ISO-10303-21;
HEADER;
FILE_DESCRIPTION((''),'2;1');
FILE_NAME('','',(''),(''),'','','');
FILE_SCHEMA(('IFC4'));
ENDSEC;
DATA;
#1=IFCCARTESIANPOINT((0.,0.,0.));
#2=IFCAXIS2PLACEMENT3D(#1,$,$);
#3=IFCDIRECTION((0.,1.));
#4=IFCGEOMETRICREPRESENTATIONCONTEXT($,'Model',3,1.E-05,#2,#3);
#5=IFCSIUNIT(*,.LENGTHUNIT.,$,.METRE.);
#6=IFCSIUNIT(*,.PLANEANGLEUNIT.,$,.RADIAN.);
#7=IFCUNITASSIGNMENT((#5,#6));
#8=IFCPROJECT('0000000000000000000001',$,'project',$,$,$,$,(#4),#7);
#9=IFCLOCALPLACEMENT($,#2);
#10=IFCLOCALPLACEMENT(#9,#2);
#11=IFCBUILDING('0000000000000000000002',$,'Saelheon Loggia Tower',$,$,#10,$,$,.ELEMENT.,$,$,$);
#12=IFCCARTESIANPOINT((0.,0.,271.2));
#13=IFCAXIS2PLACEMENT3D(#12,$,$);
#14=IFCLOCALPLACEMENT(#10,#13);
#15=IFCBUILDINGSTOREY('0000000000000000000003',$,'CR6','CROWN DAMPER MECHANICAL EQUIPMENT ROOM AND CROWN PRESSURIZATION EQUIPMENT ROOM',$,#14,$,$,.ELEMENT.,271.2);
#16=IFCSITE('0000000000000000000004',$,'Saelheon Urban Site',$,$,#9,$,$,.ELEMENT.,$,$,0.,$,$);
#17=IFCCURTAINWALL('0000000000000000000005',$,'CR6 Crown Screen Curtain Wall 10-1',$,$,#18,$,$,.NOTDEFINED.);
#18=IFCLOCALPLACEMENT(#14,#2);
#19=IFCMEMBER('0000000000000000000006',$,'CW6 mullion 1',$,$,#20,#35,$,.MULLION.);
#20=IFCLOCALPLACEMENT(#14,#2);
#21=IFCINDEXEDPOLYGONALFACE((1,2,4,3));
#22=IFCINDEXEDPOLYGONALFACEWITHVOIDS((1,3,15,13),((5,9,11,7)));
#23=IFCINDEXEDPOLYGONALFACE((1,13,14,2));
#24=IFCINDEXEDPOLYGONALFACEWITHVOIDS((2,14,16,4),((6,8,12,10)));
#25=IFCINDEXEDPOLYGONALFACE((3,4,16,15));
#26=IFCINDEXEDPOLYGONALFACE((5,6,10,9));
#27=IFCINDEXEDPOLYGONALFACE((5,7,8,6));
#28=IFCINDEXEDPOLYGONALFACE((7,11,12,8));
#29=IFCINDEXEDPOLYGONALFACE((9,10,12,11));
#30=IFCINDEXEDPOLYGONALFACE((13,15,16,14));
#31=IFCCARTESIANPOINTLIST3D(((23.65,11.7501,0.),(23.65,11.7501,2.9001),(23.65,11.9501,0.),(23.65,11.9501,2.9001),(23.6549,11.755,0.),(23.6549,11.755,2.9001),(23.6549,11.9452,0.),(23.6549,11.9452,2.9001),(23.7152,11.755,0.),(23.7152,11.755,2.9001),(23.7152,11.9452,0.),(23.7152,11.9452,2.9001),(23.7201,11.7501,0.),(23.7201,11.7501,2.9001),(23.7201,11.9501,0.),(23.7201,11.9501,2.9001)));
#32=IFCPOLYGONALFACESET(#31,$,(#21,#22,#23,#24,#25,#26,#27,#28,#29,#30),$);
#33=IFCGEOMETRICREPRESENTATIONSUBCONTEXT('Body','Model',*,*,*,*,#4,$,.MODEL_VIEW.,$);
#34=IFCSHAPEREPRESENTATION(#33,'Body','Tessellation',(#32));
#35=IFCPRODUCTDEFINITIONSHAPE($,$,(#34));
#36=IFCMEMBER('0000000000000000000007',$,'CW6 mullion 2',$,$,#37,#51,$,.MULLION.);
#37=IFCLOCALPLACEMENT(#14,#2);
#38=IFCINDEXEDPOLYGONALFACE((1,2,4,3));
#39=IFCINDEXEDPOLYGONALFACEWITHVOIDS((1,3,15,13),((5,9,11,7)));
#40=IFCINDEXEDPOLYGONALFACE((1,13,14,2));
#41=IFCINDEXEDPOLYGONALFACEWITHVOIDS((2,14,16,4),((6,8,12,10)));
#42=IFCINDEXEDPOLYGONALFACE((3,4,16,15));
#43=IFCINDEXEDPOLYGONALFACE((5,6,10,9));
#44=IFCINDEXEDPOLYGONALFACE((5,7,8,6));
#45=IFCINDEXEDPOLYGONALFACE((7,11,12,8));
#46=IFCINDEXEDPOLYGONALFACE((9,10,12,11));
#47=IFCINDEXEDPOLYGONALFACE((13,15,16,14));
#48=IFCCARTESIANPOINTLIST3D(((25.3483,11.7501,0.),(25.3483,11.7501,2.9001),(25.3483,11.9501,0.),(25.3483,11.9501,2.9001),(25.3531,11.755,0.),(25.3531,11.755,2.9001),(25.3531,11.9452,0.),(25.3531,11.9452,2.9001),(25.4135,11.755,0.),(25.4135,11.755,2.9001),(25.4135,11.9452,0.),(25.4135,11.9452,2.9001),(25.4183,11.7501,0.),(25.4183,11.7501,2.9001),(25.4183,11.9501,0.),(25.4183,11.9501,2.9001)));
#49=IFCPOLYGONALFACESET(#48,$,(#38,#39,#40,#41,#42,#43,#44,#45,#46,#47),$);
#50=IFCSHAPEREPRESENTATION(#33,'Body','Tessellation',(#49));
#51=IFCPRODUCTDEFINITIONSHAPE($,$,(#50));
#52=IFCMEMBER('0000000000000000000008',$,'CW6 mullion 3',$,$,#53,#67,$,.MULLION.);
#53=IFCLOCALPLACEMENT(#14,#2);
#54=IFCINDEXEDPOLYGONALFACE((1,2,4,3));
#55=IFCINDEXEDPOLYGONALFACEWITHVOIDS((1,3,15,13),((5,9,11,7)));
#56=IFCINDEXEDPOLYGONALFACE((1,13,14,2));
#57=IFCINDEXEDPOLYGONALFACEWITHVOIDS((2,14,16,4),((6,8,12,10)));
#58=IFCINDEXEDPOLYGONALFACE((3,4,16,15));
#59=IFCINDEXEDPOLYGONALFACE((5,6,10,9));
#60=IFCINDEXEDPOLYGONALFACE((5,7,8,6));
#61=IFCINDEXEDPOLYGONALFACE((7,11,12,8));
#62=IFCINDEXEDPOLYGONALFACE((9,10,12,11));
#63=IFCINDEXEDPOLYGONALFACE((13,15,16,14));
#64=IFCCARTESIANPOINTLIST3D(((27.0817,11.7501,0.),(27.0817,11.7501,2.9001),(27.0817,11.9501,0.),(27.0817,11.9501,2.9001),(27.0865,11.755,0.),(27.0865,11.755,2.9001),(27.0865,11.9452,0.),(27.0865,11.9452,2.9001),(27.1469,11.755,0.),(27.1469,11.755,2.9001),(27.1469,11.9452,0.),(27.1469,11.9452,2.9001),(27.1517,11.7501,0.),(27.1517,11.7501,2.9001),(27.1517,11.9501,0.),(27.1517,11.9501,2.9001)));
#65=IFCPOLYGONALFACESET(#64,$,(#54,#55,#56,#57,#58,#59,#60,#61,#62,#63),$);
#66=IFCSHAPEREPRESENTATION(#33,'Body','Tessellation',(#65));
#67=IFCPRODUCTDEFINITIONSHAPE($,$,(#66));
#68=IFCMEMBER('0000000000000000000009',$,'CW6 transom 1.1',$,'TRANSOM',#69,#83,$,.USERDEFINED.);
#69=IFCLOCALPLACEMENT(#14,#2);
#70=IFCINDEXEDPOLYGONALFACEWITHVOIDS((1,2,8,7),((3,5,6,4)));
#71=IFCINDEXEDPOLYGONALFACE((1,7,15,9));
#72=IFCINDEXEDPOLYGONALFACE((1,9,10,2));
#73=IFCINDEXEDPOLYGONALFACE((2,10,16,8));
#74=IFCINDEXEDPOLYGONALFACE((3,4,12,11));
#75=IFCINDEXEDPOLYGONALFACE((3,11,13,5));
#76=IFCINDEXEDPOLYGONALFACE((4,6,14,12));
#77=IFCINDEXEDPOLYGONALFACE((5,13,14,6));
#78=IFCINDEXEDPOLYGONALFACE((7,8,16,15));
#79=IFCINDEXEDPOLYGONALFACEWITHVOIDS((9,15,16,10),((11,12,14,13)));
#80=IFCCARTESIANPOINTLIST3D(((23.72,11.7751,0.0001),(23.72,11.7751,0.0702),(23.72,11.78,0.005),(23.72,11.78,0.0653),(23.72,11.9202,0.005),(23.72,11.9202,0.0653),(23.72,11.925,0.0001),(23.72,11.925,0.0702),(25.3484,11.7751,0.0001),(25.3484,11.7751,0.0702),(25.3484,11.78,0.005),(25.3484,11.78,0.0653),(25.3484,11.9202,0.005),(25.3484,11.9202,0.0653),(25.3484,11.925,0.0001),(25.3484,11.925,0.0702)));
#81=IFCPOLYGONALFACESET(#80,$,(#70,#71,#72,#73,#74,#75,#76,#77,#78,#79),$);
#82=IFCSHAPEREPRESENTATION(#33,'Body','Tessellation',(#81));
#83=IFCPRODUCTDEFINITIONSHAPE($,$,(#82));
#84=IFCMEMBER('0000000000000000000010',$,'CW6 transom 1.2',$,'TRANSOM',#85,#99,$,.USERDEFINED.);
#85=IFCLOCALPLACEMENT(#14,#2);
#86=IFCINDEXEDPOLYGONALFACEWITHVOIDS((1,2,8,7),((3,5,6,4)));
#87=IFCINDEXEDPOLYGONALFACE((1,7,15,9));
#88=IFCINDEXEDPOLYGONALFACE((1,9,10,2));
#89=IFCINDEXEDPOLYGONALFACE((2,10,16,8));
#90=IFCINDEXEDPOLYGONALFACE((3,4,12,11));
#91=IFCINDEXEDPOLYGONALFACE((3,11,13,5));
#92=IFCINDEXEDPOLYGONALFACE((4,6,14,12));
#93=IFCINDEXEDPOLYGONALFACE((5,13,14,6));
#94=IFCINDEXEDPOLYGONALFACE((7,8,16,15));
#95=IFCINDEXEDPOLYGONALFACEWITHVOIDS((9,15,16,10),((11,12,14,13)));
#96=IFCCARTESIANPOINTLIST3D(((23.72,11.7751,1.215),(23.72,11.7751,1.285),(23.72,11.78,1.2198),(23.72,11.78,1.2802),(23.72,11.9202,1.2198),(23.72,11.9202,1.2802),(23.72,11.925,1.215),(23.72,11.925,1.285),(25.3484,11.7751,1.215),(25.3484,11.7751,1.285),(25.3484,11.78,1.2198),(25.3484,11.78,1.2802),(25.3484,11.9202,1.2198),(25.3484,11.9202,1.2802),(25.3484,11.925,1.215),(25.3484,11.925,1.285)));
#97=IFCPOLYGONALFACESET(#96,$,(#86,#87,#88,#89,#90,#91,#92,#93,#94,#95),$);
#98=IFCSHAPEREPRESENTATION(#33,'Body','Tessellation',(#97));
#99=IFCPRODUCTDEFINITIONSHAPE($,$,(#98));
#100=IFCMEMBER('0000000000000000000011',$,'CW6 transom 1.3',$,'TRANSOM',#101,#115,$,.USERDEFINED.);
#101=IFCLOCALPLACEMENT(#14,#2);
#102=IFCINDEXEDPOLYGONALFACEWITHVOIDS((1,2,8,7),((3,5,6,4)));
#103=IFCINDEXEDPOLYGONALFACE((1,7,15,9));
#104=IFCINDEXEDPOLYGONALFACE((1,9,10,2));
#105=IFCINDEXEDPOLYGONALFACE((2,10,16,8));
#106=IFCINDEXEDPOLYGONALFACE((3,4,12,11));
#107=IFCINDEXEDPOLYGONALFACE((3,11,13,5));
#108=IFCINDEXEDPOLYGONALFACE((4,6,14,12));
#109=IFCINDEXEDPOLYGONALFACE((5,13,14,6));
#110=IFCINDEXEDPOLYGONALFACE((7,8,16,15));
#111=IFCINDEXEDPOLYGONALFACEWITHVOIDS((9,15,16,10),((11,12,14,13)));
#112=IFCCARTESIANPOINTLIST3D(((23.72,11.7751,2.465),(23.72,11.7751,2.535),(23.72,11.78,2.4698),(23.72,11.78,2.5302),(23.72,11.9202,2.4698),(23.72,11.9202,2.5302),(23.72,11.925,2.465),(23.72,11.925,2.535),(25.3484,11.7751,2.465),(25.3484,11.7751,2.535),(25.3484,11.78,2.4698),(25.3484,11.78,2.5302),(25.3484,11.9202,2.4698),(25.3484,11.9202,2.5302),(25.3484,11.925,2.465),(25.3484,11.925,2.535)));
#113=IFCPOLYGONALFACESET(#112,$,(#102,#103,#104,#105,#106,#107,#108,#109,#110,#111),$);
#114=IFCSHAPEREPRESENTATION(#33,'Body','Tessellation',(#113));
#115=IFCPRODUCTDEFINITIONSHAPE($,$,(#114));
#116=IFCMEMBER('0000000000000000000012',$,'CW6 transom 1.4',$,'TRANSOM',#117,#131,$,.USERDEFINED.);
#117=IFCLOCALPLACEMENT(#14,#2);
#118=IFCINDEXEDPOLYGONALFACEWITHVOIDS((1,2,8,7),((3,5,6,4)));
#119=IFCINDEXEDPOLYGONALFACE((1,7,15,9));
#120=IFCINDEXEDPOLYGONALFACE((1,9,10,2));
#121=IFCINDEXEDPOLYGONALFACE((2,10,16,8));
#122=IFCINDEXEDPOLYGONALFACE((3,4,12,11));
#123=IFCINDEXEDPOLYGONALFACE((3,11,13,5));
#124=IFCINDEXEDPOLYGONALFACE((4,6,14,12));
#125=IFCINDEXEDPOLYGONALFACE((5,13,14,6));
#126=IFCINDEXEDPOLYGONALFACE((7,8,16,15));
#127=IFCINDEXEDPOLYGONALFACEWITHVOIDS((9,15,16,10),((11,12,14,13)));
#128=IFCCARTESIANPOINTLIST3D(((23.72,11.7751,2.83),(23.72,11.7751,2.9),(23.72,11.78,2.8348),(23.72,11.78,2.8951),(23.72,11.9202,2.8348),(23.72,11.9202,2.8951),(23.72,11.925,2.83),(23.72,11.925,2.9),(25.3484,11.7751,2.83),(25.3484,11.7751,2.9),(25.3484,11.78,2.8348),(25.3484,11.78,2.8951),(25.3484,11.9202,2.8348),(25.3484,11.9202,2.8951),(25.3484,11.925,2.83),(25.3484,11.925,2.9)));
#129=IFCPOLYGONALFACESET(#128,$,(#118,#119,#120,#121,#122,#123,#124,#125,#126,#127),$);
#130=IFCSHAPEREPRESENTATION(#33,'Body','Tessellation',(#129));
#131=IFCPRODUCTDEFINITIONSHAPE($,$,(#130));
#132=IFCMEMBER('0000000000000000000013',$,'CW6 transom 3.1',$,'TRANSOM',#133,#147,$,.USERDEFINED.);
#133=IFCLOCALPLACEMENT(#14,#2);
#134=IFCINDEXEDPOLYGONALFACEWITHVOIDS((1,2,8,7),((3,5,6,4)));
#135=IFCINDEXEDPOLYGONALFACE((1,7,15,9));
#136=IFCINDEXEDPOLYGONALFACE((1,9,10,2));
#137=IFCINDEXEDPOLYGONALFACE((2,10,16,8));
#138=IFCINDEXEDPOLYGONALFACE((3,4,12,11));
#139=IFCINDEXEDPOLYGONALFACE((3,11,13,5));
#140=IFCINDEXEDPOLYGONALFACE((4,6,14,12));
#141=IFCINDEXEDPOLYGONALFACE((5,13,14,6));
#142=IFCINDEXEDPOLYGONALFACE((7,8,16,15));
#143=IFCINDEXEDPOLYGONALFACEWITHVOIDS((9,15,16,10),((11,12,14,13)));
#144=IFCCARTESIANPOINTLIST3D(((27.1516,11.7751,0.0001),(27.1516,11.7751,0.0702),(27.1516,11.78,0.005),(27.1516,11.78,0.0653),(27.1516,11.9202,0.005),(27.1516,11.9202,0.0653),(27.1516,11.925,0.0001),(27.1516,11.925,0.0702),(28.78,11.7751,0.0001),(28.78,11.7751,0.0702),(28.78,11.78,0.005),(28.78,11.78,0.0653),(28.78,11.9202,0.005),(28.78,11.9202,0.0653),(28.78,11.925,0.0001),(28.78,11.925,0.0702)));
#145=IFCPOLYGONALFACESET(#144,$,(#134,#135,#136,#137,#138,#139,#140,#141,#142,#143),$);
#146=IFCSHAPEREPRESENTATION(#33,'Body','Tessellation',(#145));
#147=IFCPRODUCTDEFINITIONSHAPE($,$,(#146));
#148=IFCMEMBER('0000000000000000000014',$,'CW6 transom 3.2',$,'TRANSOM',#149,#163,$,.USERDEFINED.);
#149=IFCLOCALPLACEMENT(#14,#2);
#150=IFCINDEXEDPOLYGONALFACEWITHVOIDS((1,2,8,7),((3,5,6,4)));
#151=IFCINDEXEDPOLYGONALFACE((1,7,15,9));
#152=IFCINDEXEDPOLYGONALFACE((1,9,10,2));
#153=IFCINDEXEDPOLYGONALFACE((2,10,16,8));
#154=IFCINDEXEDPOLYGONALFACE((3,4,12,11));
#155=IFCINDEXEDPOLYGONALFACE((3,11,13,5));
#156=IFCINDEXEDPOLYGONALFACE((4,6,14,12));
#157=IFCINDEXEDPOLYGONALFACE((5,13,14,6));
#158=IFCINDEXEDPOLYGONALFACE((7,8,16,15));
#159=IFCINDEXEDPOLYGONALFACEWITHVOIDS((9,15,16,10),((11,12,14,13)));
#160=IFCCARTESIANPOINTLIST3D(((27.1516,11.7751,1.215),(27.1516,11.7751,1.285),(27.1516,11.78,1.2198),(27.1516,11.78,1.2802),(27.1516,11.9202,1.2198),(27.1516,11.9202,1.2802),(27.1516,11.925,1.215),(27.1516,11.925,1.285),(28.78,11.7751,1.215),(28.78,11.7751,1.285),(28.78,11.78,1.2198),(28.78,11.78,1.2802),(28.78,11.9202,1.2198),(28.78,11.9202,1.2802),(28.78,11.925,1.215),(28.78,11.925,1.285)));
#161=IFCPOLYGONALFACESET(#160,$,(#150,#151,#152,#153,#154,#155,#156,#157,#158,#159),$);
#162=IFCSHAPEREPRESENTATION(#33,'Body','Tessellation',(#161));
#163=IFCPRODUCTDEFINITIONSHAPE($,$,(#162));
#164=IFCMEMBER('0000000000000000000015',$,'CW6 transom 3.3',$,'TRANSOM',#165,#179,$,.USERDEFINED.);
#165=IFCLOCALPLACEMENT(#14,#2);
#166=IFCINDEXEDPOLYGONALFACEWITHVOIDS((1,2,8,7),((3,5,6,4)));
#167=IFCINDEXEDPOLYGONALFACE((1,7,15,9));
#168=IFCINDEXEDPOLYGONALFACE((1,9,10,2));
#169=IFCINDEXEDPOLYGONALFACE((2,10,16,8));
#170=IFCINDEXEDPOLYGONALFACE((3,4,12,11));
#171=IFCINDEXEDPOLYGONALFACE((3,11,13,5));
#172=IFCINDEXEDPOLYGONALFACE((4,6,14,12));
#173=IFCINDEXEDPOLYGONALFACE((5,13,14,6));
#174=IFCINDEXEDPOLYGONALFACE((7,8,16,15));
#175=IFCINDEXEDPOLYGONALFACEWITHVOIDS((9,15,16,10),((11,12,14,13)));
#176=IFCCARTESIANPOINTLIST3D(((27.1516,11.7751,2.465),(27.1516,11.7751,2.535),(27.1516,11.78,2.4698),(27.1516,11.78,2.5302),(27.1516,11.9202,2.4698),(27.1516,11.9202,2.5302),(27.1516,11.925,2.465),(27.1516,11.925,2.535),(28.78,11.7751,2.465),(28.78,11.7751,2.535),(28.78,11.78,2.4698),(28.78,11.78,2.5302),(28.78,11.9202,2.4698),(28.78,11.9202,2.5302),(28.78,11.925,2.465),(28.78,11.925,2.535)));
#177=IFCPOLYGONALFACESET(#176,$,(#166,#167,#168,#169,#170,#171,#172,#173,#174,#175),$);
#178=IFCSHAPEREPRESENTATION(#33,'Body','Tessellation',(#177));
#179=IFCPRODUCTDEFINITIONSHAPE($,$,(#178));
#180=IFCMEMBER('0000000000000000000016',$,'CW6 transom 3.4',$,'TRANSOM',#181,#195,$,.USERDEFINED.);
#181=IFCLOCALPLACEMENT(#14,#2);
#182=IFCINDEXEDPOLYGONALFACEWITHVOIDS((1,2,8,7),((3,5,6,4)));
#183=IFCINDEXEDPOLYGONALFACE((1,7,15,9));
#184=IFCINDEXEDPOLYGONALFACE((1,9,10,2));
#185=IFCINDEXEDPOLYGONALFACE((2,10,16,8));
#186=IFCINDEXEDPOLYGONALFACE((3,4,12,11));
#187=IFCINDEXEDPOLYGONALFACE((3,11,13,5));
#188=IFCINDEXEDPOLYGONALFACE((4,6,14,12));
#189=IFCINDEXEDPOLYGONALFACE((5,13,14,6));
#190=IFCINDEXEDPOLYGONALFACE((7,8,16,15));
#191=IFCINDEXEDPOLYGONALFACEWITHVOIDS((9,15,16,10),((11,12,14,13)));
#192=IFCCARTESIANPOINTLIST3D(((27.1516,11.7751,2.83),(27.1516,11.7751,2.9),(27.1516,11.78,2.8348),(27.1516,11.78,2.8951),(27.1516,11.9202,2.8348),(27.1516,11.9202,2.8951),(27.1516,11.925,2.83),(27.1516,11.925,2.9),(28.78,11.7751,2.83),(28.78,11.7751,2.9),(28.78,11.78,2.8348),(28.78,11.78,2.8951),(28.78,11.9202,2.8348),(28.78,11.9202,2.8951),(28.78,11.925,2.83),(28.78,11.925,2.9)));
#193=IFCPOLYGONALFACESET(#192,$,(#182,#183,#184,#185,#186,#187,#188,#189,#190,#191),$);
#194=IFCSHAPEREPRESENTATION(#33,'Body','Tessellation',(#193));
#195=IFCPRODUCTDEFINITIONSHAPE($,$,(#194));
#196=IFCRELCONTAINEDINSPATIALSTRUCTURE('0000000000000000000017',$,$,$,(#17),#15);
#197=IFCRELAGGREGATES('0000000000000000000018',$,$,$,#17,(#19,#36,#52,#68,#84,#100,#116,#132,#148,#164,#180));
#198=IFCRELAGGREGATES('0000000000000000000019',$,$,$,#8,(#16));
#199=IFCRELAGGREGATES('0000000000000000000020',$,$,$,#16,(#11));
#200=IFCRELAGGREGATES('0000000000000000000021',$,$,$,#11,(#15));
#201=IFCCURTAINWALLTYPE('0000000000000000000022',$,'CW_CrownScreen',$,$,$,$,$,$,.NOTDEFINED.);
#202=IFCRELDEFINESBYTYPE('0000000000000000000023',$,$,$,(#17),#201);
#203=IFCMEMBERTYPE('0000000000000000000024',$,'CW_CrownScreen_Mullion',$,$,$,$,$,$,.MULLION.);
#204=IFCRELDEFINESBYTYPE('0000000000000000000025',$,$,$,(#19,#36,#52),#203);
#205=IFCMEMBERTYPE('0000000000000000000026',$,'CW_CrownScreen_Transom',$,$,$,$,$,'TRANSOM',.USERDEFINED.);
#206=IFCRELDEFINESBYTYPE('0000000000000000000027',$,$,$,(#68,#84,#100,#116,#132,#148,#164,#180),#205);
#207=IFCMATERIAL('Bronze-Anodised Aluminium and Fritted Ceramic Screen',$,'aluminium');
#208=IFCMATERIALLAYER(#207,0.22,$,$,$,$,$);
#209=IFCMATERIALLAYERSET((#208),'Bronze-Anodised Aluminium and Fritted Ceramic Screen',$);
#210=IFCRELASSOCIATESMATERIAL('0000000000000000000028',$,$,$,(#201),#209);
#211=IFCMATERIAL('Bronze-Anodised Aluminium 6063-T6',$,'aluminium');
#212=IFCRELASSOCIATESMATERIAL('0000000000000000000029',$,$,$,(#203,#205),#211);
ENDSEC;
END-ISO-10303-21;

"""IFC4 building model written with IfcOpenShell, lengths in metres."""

from ifc_helpers import new_model, si_unit, direction, frame, origin, origin_2d, place, context, subcontext, project, spatial, hollow_rectangle, extrude, source, transform, mapped, material, layer, layer_set, material_profile, profile_set, type_object, element, aggregate, save


model = new_model("IFC4")

# Units and contexts
model_context = context("Model", 3, precision=1e-05, world=origin(), true_north=direction((0.0, 1.0)))
body_context = subcontext(model_context, "Body", "Model", "MODEL_VIEW")
ifc_project = project(units=[si_unit("LENGTHUNIT", "METRE"), si_unit("PLANEANGLEUNIT", "RADIAN")], contexts=[model_context])

# Site, building, storey
site_placement = place(None, origin())
site = spatial("IfcSite", under=ifc_project, at=site_placement, Name="Saelheon Urban Site", CompositionType="ELEMENT", RefElevation=0.0)
building_placement = place(site_placement, origin())
building = spatial("IfcBuilding", under=site, at=building_placement, Name="Saelheon Loggia Tower", CompositionType="ELEMENT")
storey_placement = place(building_placement, frame((0.0, 0.0, 271.2)))
storey = spatial("IfcBuildingStorey", under=building, at=storey_placement, Name="CR6", Description="CROWN DAMPER MECHANICAL EQUIPMENT ROOM AND CROWN PRESSURIZATION EQUIPMENT ROOM", CompositionType="ELEMENT", Elevation=271.2)

# Curtain wall, members
ifc_material_1 = material(Name="Bronze-Anodised Aluminium and Fritted Ceramic Screen", Category="aluminium")
ifc_layer_1 = layer(ifc_material_1, 0.22)
ifc_layer_set_1 = layer_set([ifc_layer_1], Name="Bronze-Anodised Aluminium and Fritted Ceramic Screen")
curtain_wall_type = type_object("IfcCurtainWallType", Name="CW_CrownScreen", PredefinedType="NOTDEFINED", material=ifc_layer_set_1)
curtain_wall_placement = place(storey_placement, origin())
curtain_wall = element("IfcCurtainWall", 1, at=curtain_wall_placement, inside=storey, type_object=curtain_wall_type, Name="CR6 Crown Screen Curtain Wall 10-1", PredefinedType="NOTDEFINED")
ifc_material_2 = material(Name="Bronze-Anodised Aluminium 6063-T6", Category="aluminium")
ifc_material_profile_1 = material_profile(ifc_material_2, hollow_rectangle(XDim=0.0701, YDim=0.2, WallThickness=0.0049, at=origin_2d()), Name="RHS-200x70x5")
ifc_profile_set_1 = profile_set([ifc_material_profile_1], Name="Bronze-Anodised Aluminium 6063-T6")
member_type_1 = type_object("IfcMemberType", Name="CW_CrownScreen_Mullion", PredefinedType="MULLION", material=ifc_profile_set_1)
shared_shape_1 = source(origin(), body_context, "Body", "SweptSolid", [
    extrude(hollow_rectangle(XDim=0.0701, YDim=0.2, WallThickness=0.0049, at=origin_2d()), origin(), (0.0, 0.0, 1.0), 2.9001),
])
member_1_placement = place(storey_placement, frame((23.6851, 11.8501, 0.0), z_axis=(0.0, 0.0, 1.0), x_axis=(1.0, 0.0, 0.0)))
member_1 = element("IfcMember", 2, at=member_1_placement, type_object=member_type_1, Name="CW6 mullion 1", PredefinedType="MULLION", context=body_context, shape_type="MappedRepresentation", body=[
    mapped(shared_shape_1, transform((0.0, 0.0, 0.0), scale=1.0)),
])
member_2_placement = place(storey_placement, frame((25.3833, 11.8501, 0.0), z_axis=(0.0, 0.0, 1.0), x_axis=(1.0, 0.0, 0.0)))
member_2 = element("IfcMember", 3, at=member_2_placement, type_object=member_type_1, Name="CW6 mullion 2", PredefinedType="MULLION", context=body_context, shape_type="MappedRepresentation", body=[
    mapped(shared_shape_1, transform((0.0, 0.0, 0.0), scale=1.0)),
])
member_3_placement = place(storey_placement, frame((27.1167, 11.8501, 0.0), z_axis=(0.0, 0.0, 1.0), x_axis=(1.0, 0.0, 0.0)))
member_3 = element("IfcMember", 4, at=member_3_placement, type_object=member_type_1, Name="CW6 mullion 3", PredefinedType="MULLION", context=body_context, shape_type="MappedRepresentation", body=[
    mapped(shared_shape_1, transform((0.0, 0.0, 0.0), scale=1.0)),
])
ifc_material_profile_2 = material_profile(ifc_material_2, hollow_rectangle(XDim=0.0701, YDim=0.1499, WallThickness=0.0049, at=origin_2d()), Name="RHS-150x70x5")
ifc_profile_set_2 = profile_set([ifc_material_profile_2], Name="Bronze-Anodised Aluminium 6063-T6")
member_type_2 = type_object("IfcMemberType", Name="CW_CrownScreen_Transom", ElementType="TRANSOM", PredefinedType="USERDEFINED", material=ifc_profile_set_2)
shared_shape_2 = source(origin(), body_context, "Body", "SweptSolid", [
    extrude(hollow_rectangle(XDim=0.0701, YDim=0.1499, WallThickness=0.0049, at=origin_2d()), origin(), (0.0, 0.0, 1.0), 1.6284),
])
member_4_placement = place(storey_placement, frame((23.72, 11.8501, 0.0352), z_axis=(1.0, 0.0, 0.0), x_axis=(0.0, 0.0, 1.0)))
member_4 = element("IfcMember", 5, at=member_4_placement, type_object=member_type_2, Name="CW6 transom 1.1", ObjectType="TRANSOM", PredefinedType="USERDEFINED", context=body_context, shape_type="MappedRepresentation", body=[
    mapped(shared_shape_2, transform((0.0, 0.0, 0.0), scale=1.0)),
])
member_5_placement = place(storey_placement, frame((23.72, 11.8501, 1.25), z_axis=(1.0, 0.0, 0.0), x_axis=(0.0, 0.0, 1.0)))
member_5 = element("IfcMember", 6, at=member_5_placement, type_object=member_type_2, Name="CW6 transom 1.2", ObjectType="TRANSOM", PredefinedType="USERDEFINED", context=body_context, shape_type="MappedRepresentation", body=[
    mapped(shared_shape_2, transform((0.0, 0.0, 0.0), scale=1.0)),
])
member_6_placement = place(storey_placement, frame((23.72, 11.8501, 2.5), z_axis=(1.0, 0.0, 0.0), x_axis=(0.0, 0.0, 1.0)))
member_6 = element("IfcMember", 7, at=member_6_placement, type_object=member_type_2, Name="CW6 transom 1.3", ObjectType="TRANSOM", PredefinedType="USERDEFINED", context=body_context, shape_type="MappedRepresentation", body=[
    mapped(shared_shape_2, transform((0.0, 0.0, 0.0), scale=1.0)),
])
member_7_placement = place(storey_placement, frame((23.72, 11.8501, 2.865), z_axis=(1.0, 0.0, 0.0), x_axis=(0.0, 0.0, 1.0)))
member_7 = element("IfcMember", 8, at=member_7_placement, type_object=member_type_2, Name="CW6 transom 1.4", ObjectType="TRANSOM", PredefinedType="USERDEFINED", context=body_context, shape_type="MappedRepresentation", body=[
    mapped(shared_shape_2, transform((0.0, 0.0, 0.0), scale=1.0)),
])
member_8_placement = place(storey_placement, frame((27.1516, 11.8501, 0.0352), z_axis=(1.0, 0.0, 0.0), x_axis=(0.0, 0.0, 1.0)))
member_8 = element("IfcMember", 9, at=member_8_placement, type_object=member_type_2, Name="CW6 transom 3.1", ObjectType="TRANSOM", PredefinedType="USERDEFINED", context=body_context, shape_type="MappedRepresentation", body=[
    mapped(shared_shape_2, transform((0.0, 0.0, 0.0), scale=1.0)),
])
member_9_placement = place(storey_placement, frame((27.1516, 11.8501, 1.25), z_axis=(1.0, 0.0, 0.0), x_axis=(0.0, 0.0, 1.0)))
member_9 = element("IfcMember", 10, at=member_9_placement, type_object=member_type_2, Name="CW6 transom 3.2", ObjectType="TRANSOM", PredefinedType="USERDEFINED", context=body_context, shape_type="MappedRepresentation", body=[
    mapped(shared_shape_2, transform((0.0, 0.0, 0.0), scale=1.0)),
])
member_10_placement = place(storey_placement, frame((27.1516, 11.8501, 2.5), z_axis=(1.0, 0.0, 0.0), x_axis=(0.0, 0.0, 1.0)))
member_10 = element("IfcMember", 11, at=member_10_placement, type_object=member_type_2, Name="CW6 transom 3.3", ObjectType="TRANSOM", PredefinedType="USERDEFINED", context=body_context, shape_type="MappedRepresentation", body=[
    mapped(shared_shape_2, transform((0.0, 0.0, 0.0), scale=1.0)),
])
member_11_placement = place(storey_placement, frame((27.1516, 11.8501, 2.865), z_axis=(1.0, 0.0, 0.0), x_axis=(0.0, 0.0, 1.0)))
member_11 = element("IfcMember", 12, at=member_11_placement, type_object=member_type_2, Name="CW6 transom 3.4", ObjectType="TRANSOM", PredefinedType="USERDEFINED", context=body_context, shape_type="MappedRepresentation", body=[
    mapped(shared_shape_2, transform((0.0, 0.0, 0.0), scale=1.0)),
])
aggregate(curtain_wall, [member_1, member_2, member_3, member_4, member_5, member_6, member_7, member_8, member_9, member_10, member_11])

save(model, "model.ifc")
